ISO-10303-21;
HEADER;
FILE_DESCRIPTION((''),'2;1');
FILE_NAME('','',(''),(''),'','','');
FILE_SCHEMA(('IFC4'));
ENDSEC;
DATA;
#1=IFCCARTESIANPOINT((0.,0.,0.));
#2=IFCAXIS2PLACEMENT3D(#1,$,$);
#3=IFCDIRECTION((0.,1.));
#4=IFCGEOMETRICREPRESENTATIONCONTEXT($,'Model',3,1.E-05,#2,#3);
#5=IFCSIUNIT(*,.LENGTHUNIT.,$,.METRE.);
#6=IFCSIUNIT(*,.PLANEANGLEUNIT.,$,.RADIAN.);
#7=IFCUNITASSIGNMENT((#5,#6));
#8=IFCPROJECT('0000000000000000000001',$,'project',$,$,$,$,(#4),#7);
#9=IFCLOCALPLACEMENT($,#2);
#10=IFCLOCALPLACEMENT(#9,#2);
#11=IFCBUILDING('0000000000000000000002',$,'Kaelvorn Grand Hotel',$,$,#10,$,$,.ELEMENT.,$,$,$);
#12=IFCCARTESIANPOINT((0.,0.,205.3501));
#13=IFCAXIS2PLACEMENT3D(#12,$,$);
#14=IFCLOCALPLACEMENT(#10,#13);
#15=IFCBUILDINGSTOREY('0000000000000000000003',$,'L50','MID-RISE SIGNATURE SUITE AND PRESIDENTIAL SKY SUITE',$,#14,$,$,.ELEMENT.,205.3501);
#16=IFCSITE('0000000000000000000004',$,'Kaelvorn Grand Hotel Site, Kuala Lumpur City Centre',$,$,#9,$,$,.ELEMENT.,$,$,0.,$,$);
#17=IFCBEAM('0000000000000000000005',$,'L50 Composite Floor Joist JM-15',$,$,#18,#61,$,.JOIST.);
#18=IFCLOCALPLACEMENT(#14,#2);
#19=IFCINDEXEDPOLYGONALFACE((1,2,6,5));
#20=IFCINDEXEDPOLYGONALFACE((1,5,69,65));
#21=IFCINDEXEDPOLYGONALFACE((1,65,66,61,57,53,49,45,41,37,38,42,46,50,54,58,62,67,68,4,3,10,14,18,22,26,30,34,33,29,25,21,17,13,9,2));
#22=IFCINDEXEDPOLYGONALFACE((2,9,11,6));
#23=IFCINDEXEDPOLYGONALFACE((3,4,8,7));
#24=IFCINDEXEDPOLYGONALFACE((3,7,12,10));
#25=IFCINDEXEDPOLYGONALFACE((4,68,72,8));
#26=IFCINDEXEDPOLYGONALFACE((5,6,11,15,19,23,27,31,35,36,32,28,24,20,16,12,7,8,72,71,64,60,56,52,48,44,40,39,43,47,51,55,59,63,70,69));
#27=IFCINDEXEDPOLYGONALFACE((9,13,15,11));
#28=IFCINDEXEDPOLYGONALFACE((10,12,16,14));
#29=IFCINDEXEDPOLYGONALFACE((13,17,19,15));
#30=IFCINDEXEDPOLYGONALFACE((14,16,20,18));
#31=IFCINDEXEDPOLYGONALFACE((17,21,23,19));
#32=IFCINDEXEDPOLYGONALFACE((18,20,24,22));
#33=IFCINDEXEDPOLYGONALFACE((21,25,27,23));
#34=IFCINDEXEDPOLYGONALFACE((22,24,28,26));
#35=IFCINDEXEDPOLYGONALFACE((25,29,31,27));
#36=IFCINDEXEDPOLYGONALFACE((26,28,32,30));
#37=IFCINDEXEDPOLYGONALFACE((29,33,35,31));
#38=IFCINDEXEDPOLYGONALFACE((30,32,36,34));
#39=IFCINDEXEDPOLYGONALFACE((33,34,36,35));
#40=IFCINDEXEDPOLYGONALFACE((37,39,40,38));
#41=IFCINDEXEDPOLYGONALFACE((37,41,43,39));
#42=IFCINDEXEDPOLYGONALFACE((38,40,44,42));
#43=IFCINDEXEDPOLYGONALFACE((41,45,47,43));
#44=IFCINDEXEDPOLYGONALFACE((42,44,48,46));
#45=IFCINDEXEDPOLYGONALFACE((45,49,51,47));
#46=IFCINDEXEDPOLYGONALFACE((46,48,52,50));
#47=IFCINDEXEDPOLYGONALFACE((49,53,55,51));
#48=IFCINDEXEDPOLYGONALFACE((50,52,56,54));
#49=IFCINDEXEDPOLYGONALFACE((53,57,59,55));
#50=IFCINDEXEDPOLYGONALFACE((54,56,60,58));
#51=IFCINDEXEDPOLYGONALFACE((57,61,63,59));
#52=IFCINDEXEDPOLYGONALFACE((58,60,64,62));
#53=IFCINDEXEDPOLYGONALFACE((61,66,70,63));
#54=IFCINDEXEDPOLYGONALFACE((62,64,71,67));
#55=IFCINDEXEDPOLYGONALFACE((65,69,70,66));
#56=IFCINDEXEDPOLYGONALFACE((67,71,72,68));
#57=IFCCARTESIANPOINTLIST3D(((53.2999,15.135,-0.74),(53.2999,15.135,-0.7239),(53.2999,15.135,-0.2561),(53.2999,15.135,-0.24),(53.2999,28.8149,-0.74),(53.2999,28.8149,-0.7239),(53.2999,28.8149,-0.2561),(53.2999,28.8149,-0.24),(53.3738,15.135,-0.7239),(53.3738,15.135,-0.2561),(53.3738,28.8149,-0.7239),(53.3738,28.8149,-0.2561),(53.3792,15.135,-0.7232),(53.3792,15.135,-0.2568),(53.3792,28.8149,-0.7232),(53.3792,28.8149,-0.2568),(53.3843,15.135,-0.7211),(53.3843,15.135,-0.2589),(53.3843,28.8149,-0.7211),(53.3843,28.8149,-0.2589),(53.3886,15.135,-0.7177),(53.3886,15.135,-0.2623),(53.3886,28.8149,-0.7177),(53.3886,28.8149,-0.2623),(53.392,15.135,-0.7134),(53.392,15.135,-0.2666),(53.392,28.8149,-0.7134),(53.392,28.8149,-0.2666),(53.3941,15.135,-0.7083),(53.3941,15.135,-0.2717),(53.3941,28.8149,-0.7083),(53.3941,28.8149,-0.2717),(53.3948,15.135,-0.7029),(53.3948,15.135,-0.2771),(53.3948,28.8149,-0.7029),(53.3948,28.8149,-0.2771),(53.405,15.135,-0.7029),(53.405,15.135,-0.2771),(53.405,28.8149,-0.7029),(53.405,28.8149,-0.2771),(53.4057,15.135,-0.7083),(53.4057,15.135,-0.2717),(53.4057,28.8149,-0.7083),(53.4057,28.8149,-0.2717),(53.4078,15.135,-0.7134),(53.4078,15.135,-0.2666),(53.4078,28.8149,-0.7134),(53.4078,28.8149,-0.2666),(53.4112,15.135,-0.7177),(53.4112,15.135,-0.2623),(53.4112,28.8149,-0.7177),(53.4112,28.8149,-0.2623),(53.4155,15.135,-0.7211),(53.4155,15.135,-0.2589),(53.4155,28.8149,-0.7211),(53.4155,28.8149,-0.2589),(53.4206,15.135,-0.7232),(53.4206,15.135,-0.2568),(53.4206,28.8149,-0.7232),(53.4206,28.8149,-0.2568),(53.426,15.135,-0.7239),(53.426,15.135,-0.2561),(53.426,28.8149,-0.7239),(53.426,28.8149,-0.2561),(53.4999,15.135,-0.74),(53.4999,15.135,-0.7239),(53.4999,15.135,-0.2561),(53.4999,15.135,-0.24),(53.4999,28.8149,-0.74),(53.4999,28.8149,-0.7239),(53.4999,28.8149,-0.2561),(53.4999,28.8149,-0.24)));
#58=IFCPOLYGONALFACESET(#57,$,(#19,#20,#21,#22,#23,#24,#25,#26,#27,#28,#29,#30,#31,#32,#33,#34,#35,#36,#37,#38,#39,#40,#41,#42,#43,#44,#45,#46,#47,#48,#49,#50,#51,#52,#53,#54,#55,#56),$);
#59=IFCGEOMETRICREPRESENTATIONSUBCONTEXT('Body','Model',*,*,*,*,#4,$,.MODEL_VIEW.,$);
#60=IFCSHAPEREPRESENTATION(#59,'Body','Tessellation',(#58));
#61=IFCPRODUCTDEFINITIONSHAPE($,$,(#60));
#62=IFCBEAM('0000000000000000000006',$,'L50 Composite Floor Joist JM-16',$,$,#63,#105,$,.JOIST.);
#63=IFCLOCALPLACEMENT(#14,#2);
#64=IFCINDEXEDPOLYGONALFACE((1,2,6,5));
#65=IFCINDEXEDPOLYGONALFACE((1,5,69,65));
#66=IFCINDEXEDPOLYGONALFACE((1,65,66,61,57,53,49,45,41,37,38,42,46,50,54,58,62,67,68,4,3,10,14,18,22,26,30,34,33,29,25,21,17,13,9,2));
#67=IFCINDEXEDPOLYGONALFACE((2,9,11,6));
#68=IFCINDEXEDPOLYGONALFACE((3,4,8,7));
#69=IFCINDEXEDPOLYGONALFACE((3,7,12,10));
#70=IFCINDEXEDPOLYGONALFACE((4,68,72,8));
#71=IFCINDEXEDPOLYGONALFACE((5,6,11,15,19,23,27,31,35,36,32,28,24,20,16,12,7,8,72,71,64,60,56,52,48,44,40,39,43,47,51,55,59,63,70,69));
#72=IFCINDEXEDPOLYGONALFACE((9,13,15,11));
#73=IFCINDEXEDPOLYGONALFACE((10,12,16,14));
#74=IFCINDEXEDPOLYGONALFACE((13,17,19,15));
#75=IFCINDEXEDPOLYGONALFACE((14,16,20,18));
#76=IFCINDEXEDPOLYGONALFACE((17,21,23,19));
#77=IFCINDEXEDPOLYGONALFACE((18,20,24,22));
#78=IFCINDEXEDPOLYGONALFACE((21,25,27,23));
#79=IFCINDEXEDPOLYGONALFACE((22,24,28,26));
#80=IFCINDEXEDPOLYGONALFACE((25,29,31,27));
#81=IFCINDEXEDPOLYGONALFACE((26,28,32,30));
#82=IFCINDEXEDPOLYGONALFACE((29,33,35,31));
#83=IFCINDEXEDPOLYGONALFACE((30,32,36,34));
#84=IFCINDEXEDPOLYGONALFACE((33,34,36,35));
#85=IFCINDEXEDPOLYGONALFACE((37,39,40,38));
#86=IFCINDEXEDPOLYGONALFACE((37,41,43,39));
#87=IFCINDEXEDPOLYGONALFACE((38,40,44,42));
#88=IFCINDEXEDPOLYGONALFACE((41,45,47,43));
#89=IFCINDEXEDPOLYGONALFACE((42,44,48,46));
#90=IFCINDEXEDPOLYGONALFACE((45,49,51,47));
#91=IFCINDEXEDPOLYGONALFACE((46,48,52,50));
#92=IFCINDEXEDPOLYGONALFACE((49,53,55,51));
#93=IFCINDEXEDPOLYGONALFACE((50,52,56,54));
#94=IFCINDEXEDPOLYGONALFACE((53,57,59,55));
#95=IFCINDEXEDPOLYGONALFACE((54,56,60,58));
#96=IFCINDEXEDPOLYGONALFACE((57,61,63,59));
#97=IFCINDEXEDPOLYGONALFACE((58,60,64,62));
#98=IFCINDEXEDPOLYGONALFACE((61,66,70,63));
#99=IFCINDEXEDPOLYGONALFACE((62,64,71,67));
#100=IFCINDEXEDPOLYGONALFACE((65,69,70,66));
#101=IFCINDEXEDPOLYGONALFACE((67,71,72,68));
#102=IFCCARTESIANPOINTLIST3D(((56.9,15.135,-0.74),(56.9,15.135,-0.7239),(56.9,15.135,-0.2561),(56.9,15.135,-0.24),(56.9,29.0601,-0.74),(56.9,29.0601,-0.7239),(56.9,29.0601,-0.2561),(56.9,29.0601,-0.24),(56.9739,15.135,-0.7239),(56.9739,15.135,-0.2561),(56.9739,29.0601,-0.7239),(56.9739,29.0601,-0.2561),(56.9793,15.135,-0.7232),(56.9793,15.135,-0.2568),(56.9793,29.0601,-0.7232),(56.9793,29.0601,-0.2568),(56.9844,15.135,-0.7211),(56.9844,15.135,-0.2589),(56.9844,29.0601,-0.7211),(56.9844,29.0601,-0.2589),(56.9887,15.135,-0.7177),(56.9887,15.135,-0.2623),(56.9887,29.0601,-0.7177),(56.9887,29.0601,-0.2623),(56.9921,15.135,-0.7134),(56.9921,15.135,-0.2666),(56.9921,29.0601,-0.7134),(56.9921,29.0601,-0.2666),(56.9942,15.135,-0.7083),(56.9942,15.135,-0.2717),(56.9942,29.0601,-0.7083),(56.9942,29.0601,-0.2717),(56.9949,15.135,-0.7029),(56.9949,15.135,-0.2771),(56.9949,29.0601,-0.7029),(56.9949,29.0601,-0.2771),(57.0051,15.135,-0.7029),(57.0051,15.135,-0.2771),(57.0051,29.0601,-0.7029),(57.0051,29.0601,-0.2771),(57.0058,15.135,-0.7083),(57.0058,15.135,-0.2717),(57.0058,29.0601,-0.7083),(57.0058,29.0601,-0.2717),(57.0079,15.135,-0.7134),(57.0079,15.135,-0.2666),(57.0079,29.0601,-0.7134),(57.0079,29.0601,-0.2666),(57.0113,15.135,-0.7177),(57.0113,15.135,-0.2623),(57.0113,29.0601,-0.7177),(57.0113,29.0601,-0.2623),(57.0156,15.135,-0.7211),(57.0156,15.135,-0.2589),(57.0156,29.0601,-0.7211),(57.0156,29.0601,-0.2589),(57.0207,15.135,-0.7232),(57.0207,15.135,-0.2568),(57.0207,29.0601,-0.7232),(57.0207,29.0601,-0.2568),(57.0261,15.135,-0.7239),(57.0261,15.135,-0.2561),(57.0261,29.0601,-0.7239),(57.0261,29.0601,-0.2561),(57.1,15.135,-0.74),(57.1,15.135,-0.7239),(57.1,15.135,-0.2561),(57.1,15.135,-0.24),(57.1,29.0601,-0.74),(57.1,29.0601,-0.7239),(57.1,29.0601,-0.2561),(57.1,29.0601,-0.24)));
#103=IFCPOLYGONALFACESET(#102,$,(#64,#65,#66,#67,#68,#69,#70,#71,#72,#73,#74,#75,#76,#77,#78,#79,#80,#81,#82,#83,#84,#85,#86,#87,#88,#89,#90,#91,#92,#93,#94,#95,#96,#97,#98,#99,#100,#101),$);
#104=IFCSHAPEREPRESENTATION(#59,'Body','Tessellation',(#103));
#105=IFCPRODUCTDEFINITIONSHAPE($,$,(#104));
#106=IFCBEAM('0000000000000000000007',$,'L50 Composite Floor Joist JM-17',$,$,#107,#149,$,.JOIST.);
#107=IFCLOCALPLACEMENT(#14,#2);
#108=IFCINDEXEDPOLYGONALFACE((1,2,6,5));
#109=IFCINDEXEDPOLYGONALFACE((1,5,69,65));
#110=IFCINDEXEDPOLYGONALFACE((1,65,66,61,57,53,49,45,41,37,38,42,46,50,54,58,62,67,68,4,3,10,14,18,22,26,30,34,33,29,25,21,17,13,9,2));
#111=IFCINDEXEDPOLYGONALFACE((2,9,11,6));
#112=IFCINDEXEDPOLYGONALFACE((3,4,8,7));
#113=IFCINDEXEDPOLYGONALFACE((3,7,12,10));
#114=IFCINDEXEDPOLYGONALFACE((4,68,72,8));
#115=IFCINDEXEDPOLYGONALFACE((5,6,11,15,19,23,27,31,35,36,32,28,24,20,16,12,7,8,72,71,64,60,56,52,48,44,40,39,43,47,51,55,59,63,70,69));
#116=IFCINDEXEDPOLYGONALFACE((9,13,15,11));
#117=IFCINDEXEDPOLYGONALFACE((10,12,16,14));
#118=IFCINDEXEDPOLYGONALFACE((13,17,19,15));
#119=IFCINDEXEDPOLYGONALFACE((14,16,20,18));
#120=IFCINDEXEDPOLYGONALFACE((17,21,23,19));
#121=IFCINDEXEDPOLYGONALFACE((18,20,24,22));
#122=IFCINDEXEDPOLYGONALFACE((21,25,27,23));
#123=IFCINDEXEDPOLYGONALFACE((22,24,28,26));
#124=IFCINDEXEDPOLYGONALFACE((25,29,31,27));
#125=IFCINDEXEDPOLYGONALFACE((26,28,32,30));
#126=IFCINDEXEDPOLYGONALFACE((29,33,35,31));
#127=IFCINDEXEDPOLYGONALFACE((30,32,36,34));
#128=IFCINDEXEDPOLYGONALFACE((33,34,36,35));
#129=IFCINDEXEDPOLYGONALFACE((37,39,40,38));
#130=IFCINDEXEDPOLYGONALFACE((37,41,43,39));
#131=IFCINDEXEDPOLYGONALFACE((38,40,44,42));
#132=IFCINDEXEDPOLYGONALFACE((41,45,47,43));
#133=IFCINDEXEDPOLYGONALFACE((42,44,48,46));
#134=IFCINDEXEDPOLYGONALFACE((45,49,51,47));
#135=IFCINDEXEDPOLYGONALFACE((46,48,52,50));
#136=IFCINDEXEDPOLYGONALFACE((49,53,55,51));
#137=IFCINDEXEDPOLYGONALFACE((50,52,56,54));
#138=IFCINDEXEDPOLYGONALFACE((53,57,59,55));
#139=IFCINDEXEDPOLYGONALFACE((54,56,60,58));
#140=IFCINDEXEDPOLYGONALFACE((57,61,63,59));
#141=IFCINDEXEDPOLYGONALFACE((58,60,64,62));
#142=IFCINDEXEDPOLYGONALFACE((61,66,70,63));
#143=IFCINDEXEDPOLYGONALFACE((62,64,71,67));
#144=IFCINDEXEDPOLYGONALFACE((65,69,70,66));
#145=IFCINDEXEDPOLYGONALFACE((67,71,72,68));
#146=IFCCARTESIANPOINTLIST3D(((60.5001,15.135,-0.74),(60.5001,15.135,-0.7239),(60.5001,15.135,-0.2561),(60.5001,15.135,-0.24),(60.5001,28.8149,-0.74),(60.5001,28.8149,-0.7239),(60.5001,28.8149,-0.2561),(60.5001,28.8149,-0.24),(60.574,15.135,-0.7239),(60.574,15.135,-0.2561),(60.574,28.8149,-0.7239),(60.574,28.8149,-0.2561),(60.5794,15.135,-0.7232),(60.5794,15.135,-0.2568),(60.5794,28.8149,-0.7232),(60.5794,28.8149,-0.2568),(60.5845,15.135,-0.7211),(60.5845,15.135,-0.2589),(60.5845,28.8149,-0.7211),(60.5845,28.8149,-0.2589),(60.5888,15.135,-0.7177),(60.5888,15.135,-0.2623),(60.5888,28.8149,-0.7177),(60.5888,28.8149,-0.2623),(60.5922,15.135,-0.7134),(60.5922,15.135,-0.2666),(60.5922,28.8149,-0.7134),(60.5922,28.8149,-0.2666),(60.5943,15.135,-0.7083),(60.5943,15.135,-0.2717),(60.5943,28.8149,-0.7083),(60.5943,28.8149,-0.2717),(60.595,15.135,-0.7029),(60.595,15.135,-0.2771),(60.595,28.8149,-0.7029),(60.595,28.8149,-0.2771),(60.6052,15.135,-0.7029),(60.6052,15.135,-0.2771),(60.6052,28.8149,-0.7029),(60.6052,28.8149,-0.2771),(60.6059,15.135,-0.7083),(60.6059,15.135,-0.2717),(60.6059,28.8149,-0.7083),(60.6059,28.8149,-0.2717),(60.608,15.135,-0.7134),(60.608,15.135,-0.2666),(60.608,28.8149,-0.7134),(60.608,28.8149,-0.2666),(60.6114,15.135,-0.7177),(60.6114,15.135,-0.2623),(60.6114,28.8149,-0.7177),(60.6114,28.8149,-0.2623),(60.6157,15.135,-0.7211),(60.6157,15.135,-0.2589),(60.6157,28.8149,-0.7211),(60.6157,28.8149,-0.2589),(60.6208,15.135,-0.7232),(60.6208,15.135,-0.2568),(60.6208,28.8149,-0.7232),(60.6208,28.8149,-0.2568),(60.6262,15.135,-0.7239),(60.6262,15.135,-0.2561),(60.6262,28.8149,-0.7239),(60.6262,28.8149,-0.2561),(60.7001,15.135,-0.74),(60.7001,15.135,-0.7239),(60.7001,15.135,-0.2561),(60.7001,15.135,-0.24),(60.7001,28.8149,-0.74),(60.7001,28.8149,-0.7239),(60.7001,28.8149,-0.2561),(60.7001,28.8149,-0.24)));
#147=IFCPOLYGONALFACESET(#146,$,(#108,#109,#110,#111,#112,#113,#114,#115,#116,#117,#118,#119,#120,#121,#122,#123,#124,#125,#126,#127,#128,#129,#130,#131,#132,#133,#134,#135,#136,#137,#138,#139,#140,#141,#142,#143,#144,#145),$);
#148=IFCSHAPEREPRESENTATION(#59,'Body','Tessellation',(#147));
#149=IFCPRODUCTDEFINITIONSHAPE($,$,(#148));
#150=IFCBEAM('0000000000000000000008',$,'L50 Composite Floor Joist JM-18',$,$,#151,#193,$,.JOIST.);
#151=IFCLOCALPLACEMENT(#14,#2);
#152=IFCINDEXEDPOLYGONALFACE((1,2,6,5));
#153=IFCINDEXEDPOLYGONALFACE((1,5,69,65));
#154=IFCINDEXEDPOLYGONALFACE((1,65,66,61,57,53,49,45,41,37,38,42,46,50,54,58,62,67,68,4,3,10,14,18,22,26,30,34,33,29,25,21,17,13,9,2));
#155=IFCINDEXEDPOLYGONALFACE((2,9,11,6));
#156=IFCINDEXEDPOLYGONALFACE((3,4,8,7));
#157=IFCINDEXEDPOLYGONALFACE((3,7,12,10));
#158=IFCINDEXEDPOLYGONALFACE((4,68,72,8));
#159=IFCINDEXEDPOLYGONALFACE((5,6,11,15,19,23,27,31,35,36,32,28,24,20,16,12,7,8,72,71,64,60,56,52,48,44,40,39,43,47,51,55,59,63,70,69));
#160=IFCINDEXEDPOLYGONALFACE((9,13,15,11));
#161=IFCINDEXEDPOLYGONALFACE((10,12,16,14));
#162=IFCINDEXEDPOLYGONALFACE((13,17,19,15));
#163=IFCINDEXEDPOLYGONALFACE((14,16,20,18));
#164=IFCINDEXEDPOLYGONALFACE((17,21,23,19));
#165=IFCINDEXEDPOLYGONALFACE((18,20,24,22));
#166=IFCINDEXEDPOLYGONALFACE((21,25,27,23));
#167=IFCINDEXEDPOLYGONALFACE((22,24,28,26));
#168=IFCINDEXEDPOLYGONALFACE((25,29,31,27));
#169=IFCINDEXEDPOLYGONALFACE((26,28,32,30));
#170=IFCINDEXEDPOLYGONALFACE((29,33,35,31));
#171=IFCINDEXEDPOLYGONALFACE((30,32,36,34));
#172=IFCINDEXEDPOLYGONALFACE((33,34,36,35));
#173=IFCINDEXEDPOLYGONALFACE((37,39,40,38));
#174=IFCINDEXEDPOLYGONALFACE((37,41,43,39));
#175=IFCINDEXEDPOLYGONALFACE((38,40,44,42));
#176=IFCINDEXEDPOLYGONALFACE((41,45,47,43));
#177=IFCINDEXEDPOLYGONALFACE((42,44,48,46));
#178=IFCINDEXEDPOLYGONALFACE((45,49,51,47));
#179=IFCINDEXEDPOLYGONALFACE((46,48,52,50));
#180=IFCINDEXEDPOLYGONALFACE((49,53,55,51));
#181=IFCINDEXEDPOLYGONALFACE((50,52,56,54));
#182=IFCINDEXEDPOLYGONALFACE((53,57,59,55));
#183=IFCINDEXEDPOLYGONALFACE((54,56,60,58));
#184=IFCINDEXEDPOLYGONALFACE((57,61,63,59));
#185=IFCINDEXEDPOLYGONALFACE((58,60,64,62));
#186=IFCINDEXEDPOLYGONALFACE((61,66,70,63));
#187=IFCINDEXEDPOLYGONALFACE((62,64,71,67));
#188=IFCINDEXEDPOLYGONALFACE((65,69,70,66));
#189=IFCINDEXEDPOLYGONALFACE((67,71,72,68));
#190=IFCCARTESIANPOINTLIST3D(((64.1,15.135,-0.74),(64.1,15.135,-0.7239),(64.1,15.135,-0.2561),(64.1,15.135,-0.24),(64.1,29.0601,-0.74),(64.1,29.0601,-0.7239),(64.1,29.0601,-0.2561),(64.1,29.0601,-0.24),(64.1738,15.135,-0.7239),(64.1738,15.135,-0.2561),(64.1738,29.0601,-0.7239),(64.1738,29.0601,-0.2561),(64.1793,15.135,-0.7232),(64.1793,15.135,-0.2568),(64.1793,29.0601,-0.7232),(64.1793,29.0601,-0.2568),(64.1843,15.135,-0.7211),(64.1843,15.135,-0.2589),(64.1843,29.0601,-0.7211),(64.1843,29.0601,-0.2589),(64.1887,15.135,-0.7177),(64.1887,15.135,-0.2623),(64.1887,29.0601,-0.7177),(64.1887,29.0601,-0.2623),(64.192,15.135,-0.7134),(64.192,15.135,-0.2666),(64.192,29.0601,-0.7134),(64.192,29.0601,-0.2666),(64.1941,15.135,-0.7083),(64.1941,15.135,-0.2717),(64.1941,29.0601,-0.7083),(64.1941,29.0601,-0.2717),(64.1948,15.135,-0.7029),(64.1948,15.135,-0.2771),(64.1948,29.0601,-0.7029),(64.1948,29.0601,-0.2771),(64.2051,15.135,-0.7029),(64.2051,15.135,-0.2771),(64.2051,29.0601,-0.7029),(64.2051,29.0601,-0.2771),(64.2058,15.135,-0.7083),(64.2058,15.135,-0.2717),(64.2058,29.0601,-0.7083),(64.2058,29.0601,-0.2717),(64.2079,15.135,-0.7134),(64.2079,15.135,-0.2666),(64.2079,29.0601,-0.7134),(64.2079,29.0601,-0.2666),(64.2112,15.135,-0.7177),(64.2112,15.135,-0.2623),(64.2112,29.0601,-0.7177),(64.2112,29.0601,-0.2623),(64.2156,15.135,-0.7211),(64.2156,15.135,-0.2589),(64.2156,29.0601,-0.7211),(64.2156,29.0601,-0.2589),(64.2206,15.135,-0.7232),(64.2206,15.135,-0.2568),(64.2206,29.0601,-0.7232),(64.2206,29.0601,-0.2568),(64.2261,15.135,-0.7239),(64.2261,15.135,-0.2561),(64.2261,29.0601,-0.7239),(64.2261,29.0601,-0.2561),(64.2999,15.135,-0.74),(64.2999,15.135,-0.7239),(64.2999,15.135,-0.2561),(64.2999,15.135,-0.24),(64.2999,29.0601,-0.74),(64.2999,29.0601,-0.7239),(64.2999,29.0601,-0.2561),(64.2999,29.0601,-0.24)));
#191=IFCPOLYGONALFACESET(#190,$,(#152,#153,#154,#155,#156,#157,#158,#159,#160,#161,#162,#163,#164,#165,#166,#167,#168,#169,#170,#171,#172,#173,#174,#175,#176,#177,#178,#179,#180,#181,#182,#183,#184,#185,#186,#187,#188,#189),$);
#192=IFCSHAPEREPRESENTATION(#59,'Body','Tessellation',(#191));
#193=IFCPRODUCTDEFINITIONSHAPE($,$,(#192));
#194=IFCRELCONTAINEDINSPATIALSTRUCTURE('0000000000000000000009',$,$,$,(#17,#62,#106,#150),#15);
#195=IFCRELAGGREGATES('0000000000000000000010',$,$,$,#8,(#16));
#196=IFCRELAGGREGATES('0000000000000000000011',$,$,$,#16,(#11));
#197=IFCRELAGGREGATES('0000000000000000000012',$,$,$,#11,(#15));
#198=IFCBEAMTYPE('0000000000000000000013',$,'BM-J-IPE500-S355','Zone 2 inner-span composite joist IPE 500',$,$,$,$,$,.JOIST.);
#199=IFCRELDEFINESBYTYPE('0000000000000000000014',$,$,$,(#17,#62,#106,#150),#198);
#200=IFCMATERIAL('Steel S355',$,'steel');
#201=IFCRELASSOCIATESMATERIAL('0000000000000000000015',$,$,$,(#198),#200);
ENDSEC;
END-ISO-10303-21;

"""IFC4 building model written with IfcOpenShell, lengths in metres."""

from ifc_helpers import new_model, si_unit, direction, frame, origin, origin_2d, place, context, subcontext, project, spatial, i_section, extrude, material, material_profile, profile_set, type_object, element, save


model = new_model("IFC4")

# Units and contexts
model_context = context("Model", 3, precision=1e-05, world=origin(), true_north=direction((0.0, 1.0)))
body_context = subcontext(model_context, "Body", "Model", "MODEL_VIEW")
ifc_project = project(units=[si_unit("LENGTHUNIT", "METRE"), si_unit("PLANEANGLEUNIT", "RADIAN")], contexts=[model_context])

# Site, building, storey
site_placement = place(None, origin())
site = spatial("IfcSite", under=ifc_project, at=site_placement, Name="Kaelvorn Grand Hotel Site, Kuala Lumpur City Centre", CompositionType="ELEMENT", RefElevation=0.0)
building_placement = place(site_placement, origin())
building = spatial("IfcBuilding", under=site, at=building_placement, Name="Kaelvorn Grand Hotel", CompositionType="ELEMENT")
storey_placement = place(building_placement, frame((0.0, 0.0, 205.3501)))
storey = spatial("IfcBuildingStorey", under=building, at=storey_placement, Name="L50", Description="MID-RISE SIGNATURE SUITE AND PRESIDENTIAL SKY SUITE", CompositionType="ELEMENT", Elevation=205.3501)

# Beams
ifc_material_1 = material(Name="Steel S355", Category="steel")
ifc_material_profile_1 = material_profile(ifc_material_1, i_section(OverallWidth=0.2, OverallDepth=0.5, WebThickness=0.0103, FlangeThickness=0.0161, FilletRadius=0.021, at=origin_2d()), Name="IPE 500")
ifc_profile_set_1 = profile_set([ifc_material_profile_1], Name="Steel S355")
beam_type_1 = type_object("IfcBeamType", Name="BM-J-IPE500-S355", Description="Zone 2 inner-span composite joist IPE 500", PredefinedType="JOIST", material=ifc_profile_set_1)
beam_1_placement = place(storey_placement, frame((53.3999, 15.135, -0.49), z_axis=(0.0, 1.0, 0.0), x_axis=(-1.0, 0.0, 0.0)))
element("IfcBeam", 1, at=beam_1_placement, inside=storey, type_object=beam_type_1, Name="L50 Composite Floor Joist JM-15", PredefinedType="JOIST", context=body_context, shape_type="SweptSolid", body=[
    extrude(i_section(OverallWidth=0.2, OverallDepth=0.5, WebThickness=0.0103, FlangeThickness=0.0161, FilletRadius=0.021, at=origin_2d()), origin(), (0.0, 0.0, 1.0), 13.6799),
])
beam_2_placement = place(storey_placement, frame((57.0, 15.135, -0.49), z_axis=(0.0, 1.0, 0.0), x_axis=(-1.0, 0.0, 0.0)))
element("IfcBeam", 2, at=beam_2_placement, inside=storey, type_object=beam_type_1, Name="L50 Composite Floor Joist JM-16", PredefinedType="JOIST", context=body_context, shape_type="SweptSolid", body=[
    extrude(i_section(OverallWidth=0.2, OverallDepth=0.5, WebThickness=0.0103, FlangeThickness=0.0161, FilletRadius=0.021, at=origin_2d()), origin(), (0.0, 0.0, 1.0), 13.925),
])
beam_3_placement = place(storey_placement, frame((60.6001, 15.135, -0.49), z_axis=(0.0, 1.0, 0.0), x_axis=(-1.0, 0.0, 0.0)))
element("IfcBeam", 3, at=beam_3_placement, inside=storey, type_object=beam_type_1, Name="L50 Composite Floor Joist JM-17", PredefinedType="JOIST", context=body_context, shape_type="SweptSolid", body=[
    extrude(i_section(OverallWidth=0.2, OverallDepth=0.5, WebThickness=0.0103, FlangeThickness=0.0161, FilletRadius=0.021, at=origin_2d()), origin(), (0.0, 0.0, 1.0), 13.6799),
])
beam_4_placement = place(storey_placement, frame((64.2, 15.135, -0.49), z_axis=(0.0, 1.0, 0.0), x_axis=(-1.0, 0.0, 0.0)))
element("IfcBeam", 4, at=beam_4_placement, inside=storey, type_object=beam_type_1, Name="L50 Composite Floor Joist JM-18", PredefinedType="JOIST", context=body_context, shape_type="SweptSolid", body=[
    extrude(i_section(OverallWidth=0.2, OverallDepth=0.5, WebThickness=0.0103, FlangeThickness=0.0161, FilletRadius=0.021, at=origin_2d()), origin(), (0.0, 0.0, 1.0), 13.925),
])

save(model, "model.ifc")
